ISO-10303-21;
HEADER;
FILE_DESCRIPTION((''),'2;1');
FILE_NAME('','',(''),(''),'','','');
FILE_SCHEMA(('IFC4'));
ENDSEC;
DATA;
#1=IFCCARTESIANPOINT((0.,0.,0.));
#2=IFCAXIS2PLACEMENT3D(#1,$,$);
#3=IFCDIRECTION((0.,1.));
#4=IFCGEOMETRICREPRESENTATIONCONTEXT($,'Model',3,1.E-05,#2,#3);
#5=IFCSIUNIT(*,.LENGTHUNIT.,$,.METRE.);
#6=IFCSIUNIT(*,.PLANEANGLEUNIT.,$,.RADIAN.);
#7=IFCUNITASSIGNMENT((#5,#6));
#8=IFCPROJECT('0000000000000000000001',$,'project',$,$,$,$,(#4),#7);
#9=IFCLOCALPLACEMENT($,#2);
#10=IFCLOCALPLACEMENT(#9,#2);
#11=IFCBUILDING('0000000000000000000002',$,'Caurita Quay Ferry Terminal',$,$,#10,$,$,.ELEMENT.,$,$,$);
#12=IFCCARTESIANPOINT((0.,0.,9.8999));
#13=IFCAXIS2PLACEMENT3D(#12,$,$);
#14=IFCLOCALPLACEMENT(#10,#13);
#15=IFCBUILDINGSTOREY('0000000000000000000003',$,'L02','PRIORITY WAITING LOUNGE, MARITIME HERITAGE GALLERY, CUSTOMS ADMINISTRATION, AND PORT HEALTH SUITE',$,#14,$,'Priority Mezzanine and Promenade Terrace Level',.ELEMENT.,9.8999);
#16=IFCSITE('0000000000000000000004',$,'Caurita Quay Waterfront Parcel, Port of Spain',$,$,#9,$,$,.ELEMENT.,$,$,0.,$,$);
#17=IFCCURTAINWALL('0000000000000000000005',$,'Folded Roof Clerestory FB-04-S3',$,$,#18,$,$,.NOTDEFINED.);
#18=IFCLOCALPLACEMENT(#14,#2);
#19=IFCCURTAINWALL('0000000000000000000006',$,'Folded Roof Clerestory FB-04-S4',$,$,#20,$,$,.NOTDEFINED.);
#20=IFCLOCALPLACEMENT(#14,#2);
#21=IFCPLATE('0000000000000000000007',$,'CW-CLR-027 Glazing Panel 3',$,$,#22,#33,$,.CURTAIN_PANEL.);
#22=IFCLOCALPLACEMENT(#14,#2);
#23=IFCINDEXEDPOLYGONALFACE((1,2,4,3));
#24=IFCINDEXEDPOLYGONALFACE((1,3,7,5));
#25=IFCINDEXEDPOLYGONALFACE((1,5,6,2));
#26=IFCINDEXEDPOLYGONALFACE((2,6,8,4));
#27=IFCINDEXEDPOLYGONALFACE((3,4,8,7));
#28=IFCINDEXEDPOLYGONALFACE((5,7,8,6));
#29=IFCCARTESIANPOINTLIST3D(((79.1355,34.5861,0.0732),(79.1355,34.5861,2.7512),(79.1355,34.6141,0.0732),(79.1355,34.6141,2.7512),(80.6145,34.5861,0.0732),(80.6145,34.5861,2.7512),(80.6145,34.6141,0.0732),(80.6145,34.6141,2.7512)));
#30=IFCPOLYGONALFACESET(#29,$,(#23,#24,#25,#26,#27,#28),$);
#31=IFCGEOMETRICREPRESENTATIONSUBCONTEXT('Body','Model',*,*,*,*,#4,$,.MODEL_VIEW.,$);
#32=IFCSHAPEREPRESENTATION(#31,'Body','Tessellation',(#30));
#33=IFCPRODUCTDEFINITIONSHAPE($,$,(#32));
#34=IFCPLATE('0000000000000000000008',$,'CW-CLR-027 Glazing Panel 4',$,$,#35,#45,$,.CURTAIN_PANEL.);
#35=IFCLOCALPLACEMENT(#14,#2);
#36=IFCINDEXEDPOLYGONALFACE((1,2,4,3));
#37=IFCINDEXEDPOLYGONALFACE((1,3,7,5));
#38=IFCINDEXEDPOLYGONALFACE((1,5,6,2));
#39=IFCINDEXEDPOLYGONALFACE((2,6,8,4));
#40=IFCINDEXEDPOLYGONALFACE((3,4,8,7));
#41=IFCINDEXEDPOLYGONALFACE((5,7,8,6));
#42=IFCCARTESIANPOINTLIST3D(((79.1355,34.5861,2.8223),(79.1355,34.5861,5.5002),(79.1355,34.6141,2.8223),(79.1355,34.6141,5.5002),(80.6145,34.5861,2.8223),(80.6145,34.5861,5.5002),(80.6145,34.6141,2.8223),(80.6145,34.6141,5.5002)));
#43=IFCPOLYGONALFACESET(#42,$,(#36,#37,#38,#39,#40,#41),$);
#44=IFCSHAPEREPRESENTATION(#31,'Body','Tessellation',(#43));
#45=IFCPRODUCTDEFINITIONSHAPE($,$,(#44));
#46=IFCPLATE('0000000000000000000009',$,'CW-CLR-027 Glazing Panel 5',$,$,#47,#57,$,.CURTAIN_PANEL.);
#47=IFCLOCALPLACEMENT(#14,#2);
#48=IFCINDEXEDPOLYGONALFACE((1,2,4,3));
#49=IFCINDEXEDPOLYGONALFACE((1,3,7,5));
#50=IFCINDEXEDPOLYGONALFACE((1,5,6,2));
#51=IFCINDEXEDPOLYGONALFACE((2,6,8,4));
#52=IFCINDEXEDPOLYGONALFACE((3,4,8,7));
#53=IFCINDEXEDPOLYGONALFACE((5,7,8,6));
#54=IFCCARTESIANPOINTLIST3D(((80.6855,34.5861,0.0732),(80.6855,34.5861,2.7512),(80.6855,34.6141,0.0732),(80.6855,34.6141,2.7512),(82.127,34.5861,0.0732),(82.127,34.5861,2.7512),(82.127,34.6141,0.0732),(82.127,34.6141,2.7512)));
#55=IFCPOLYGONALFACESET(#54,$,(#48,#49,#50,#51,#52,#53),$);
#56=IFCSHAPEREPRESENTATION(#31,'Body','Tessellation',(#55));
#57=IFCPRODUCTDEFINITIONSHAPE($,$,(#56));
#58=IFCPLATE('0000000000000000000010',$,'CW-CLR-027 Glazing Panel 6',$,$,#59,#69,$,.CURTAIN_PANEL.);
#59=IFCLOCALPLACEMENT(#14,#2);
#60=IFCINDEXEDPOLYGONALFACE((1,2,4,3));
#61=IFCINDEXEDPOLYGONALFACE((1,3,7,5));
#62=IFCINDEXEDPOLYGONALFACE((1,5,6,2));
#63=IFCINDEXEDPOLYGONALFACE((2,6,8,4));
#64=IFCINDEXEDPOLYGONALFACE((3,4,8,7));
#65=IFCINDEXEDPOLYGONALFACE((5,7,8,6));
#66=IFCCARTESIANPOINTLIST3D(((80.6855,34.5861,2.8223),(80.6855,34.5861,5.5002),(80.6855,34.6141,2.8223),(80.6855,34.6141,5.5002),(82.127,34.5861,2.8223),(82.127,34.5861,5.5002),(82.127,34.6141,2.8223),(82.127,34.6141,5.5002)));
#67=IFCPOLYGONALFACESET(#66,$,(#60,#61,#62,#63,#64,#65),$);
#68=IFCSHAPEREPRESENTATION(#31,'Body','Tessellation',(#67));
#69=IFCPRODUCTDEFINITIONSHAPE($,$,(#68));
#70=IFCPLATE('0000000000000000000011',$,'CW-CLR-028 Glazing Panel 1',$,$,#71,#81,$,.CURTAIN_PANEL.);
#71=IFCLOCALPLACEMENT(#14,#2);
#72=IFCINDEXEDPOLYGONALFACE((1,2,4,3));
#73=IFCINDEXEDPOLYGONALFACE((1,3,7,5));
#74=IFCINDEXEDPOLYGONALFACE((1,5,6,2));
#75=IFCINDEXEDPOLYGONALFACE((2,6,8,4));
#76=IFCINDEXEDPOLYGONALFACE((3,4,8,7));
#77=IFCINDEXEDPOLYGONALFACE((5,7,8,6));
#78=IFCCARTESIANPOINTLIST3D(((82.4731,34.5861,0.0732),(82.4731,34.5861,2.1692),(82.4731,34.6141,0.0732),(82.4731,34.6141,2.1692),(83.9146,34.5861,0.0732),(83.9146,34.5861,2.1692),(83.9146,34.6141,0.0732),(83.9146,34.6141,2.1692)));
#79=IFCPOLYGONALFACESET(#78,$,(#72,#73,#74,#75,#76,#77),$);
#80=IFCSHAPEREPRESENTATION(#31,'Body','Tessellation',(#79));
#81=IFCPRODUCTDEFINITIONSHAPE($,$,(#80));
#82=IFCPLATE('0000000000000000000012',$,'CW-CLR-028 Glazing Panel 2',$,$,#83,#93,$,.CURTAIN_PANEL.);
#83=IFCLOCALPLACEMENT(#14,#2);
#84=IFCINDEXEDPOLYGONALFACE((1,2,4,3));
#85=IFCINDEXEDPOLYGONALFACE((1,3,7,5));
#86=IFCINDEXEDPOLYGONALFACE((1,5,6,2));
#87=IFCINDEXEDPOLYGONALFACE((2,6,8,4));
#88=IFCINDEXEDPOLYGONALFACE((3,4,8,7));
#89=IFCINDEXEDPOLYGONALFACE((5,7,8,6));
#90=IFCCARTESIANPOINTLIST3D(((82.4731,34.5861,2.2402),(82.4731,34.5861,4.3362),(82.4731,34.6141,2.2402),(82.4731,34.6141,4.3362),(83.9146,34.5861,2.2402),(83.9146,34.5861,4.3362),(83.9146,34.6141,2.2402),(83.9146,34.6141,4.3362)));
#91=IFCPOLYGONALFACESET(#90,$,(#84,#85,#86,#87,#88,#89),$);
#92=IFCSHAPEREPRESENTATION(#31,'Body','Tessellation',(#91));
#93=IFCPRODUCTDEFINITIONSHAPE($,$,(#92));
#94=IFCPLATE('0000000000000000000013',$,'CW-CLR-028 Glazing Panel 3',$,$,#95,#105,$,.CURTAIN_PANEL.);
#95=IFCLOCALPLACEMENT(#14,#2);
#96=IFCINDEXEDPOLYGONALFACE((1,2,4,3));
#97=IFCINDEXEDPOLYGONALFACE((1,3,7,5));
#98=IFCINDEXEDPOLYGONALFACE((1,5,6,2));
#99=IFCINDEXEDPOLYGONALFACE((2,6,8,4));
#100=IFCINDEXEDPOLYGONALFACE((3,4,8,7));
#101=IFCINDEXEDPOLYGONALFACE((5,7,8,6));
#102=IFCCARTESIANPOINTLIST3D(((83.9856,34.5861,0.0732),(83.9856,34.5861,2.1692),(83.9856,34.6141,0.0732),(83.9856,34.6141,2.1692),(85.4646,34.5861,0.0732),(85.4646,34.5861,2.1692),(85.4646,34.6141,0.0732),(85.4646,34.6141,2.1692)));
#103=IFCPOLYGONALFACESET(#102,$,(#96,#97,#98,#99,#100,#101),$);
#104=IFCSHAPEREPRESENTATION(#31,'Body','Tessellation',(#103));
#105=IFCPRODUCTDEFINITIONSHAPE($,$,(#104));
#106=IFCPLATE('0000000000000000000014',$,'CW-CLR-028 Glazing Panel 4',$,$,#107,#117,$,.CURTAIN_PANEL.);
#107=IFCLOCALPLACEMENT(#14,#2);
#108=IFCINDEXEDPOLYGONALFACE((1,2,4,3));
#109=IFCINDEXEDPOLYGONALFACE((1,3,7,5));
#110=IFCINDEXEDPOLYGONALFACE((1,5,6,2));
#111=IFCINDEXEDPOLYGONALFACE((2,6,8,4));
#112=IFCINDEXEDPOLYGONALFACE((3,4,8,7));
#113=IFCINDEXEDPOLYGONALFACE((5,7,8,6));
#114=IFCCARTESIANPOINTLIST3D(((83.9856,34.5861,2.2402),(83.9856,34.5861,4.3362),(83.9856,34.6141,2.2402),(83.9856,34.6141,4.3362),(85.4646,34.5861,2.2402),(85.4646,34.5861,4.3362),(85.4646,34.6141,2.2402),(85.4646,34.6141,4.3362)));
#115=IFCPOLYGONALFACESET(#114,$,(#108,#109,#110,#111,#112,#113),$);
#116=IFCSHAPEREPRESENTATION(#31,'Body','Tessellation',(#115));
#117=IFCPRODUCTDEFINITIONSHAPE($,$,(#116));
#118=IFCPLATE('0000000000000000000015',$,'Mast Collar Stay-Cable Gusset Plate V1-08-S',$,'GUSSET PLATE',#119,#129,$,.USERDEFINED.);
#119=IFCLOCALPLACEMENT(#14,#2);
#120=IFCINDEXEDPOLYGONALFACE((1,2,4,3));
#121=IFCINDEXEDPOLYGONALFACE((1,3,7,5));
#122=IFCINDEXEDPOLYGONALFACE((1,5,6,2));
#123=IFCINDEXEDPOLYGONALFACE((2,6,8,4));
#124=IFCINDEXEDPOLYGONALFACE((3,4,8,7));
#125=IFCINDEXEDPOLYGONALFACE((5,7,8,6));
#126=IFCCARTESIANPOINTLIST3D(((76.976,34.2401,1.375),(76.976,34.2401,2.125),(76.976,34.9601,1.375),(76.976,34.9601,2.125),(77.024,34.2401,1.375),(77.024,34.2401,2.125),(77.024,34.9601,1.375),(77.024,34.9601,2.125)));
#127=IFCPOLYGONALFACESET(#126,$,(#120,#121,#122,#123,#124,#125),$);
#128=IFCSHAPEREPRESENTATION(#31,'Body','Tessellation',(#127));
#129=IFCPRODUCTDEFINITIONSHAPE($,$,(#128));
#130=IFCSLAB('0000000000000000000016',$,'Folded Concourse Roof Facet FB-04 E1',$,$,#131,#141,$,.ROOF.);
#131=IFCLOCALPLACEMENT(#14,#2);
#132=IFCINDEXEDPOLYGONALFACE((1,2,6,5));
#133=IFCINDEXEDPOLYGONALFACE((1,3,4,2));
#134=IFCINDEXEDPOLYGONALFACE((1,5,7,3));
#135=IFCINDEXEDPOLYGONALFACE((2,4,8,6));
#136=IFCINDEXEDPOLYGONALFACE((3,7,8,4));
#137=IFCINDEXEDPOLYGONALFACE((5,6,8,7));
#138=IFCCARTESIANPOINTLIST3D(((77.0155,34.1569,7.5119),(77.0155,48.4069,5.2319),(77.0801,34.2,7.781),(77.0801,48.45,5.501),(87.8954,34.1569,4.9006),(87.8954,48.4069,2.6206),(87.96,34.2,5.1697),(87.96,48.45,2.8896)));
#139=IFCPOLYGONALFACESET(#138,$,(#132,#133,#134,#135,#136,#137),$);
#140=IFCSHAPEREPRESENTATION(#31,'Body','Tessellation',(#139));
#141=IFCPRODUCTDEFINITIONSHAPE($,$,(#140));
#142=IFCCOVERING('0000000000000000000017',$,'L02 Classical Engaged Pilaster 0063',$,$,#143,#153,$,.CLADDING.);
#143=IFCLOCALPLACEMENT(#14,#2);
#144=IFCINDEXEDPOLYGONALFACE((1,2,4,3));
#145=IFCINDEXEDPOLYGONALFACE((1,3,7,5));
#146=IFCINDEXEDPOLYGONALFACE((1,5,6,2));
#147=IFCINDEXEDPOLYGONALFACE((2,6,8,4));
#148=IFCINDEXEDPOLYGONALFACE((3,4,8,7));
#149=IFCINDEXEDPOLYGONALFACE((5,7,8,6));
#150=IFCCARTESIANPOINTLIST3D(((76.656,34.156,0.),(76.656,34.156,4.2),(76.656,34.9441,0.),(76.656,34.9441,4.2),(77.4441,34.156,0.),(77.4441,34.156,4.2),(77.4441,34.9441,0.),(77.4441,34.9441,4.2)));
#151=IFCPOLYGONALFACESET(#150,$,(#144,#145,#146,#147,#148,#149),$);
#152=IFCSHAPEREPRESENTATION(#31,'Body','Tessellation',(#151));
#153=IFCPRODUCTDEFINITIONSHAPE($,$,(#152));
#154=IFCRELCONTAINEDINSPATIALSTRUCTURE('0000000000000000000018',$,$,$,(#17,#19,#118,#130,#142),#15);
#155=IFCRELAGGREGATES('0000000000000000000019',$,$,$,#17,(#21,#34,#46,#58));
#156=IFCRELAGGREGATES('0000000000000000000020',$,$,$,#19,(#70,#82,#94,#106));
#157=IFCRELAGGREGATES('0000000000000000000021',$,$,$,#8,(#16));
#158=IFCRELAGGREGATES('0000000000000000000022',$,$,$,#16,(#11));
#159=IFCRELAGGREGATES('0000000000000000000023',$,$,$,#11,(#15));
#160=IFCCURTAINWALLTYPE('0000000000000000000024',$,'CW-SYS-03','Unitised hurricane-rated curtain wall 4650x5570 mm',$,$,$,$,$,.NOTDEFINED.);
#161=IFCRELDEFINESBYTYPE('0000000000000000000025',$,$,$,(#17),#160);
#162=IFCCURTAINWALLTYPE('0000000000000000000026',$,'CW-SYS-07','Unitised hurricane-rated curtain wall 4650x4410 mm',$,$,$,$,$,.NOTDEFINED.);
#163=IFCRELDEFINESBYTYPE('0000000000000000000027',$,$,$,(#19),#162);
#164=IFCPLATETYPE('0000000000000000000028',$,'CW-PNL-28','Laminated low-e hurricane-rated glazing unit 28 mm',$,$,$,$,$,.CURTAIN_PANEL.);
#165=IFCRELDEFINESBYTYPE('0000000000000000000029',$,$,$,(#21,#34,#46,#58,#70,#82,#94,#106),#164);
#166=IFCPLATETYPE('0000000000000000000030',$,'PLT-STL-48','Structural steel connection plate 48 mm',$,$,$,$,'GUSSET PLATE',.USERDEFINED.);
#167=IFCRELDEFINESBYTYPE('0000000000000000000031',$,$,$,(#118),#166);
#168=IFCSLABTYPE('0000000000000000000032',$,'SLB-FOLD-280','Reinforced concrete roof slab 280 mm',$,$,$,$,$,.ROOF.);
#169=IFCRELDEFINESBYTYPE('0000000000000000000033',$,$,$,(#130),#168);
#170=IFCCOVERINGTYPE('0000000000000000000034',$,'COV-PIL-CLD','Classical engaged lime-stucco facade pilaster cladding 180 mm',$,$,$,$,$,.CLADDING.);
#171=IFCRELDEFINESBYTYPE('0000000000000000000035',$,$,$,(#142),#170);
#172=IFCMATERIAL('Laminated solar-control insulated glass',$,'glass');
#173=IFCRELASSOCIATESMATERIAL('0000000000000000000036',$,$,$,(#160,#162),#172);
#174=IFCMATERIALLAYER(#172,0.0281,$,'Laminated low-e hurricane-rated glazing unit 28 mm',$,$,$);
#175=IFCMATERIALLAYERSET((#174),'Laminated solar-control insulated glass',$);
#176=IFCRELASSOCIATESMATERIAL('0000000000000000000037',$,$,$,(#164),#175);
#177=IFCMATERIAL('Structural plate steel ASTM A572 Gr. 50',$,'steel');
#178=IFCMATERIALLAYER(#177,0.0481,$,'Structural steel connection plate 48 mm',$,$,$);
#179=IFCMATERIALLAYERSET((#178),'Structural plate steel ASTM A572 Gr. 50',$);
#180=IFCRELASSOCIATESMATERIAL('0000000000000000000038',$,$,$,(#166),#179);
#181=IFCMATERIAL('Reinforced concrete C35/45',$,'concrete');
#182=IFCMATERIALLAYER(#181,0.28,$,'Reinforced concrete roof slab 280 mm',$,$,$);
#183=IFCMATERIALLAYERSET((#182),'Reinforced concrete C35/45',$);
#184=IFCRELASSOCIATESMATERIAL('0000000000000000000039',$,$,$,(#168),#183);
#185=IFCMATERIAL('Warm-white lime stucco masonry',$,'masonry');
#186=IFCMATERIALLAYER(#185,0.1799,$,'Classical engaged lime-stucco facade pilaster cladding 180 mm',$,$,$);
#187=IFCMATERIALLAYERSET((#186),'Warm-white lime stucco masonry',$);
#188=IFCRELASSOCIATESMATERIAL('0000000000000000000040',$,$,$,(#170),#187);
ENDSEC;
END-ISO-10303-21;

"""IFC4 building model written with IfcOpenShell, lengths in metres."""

from ifc_helpers import new_model, si_unit, direction, frame, origin, origin_2d, place, context, subcontext, project, spatial, polyline, rectangle, outline, extrude, material, layer, layer_set, type_object, element, aggregate, save


model = new_model("IFC4")

# Units and contexts
model_context = context("Model", 3, precision=1e-05, world=origin(), true_north=direction((0.0, 1.0)))
body_context = subcontext(model_context, "Body", "Model", "MODEL_VIEW")
ifc_project = project(units=[si_unit("LENGTHUNIT", "METRE"), si_unit("PLANEANGLEUNIT", "RADIAN")], contexts=[model_context])

# Site, building, storey
site_placement = place(None, origin())
site = spatial("IfcSite", under=ifc_project, at=site_placement, Name="Caurita Quay Waterfront Parcel, Port of Spain", CompositionType="ELEMENT", RefElevation=0.0)
building_placement = place(site_placement, origin())
building = spatial("IfcBuilding", under=site, at=building_placement, Name="Caurita Quay Ferry Terminal", CompositionType="ELEMENT")
storey_placement = place(building_placement, frame((0.0, 0.0, 9.8999)))
storey = spatial("IfcBuildingStorey", under=building, at=storey_placement, Name="L02", Description="PRIORITY WAITING LOUNGE, MARITIME HERITAGE GALLERY, CUSTOMS ADMINISTRATION, AND PORT HEALTH SUITE", LongName="Priority Mezzanine and Promenade Terrace Level", CompositionType="ELEMENT", Elevation=9.8999)

# Shared definitions
ifc_material_1 = material(Name="Laminated solar-control insulated glass", Category="glass")

# Curtain walls
curtain_wall_type_1 = type_object("IfcCurtainWallType", Name="CW-SYS-03", Description="Unitised hurricane-rated curtain wall 4650x5570 mm", PredefinedType="NOTDEFINED", material=ifc_material_1)
curtain_wall_1_placement = place(storey_placement, origin())
curtain_wall_1 = element("IfcCurtainWall", 1, at=curtain_wall_1_placement, inside=storey, type_object=curtain_wall_type_1, Name="Folded Roof Clerestory FB-04-S3", PredefinedType="NOTDEFINED")
curtain_wall_type_2 = type_object("IfcCurtainWallType", Name="CW-SYS-07", Description="Unitised hurricane-rated curtain wall 4650x4410 mm", PredefinedType="NOTDEFINED", material=ifc_material_1)
curtain_wall_2_placement = place(storey_placement, origin())
curtain_wall_2 = element("IfcCurtainWall", 2, at=curtain_wall_2_placement, inside=storey, type_object=curtain_wall_type_2, Name="Folded Roof Clerestory FB-04-S4", PredefinedType="NOTDEFINED")

# Plates
ifc_layer_1 = layer(ifc_material_1, 0.0281, Name="Laminated low-e hurricane-rated glazing unit 28 mm")
ifc_layer_set_1 = layer_set([ifc_layer_1], Name="Laminated solar-control insulated glass")
plate_type_1 = type_object("IfcPlateType", Name="CW-PNL-28", Description="Laminated low-e hurricane-rated glazing unit 28 mm", PredefinedType="CURTAIN_PANEL", material=ifc_layer_set_1)
plate_1_placement = place(storey_placement, frame((79.875, 34.6001, 0.0732), z_axis=(0.0, 0.0, 1.0), x_axis=(1.0, 0.0, 0.0)))
plate_1 = element("IfcPlate", 3, at=plate_1_placement, type_object=plate_type_1, Name="CW-CLR-027 Glazing Panel 3", PredefinedType="CURTAIN_PANEL", context=body_context, shape_type="SweptSolid", body=[
    extrude(rectangle(XDim=1.479, YDim=0.0281, at=origin_2d()), origin(), (0.0, 0.0, 1.0), 2.678),
])
plate_2_placement = place(storey_placement, frame((79.875, 34.6001, 2.8223), z_axis=(0.0, 0.0, 1.0), x_axis=(1.0, 0.0, 0.0)))
plate_2 = element("IfcPlate", 4, at=plate_2_placement, type_object=plate_type_1, Name="CW-CLR-027 Glazing Panel 4", PredefinedType="CURTAIN_PANEL", context=body_context, shape_type="SweptSolid", body=[
    extrude(rectangle(XDim=1.479, YDim=0.0281, at=origin_2d()), origin(), (0.0, 0.0, 1.0), 2.678),
])
plate_3_placement = place(storey_placement, frame((81.4062, 34.6001, 0.0732), z_axis=(0.0, 0.0, 1.0), x_axis=(1.0, 0.0, 0.0)))
plate_3 = element("IfcPlate", 5, at=plate_3_placement, type_object=plate_type_1, Name="CW-CLR-027 Glazing Panel 5", PredefinedType="CURTAIN_PANEL", context=body_context, shape_type="SweptSolid", body=[
    extrude(rectangle(XDim=1.4414, YDim=0.0281, at=origin_2d()), origin(), (0.0, 0.0, 1.0), 2.678),
])
plate_4_placement = place(storey_placement, frame((81.4062, 34.6001, 2.8223), z_axis=(0.0, 0.0, 1.0), x_axis=(1.0, 0.0, 0.0)))
plate_4 = element("IfcPlate", 6, at=plate_4_placement, type_object=plate_type_1, Name="CW-CLR-027 Glazing Panel 6", PredefinedType="CURTAIN_PANEL", context=body_context, shape_type="SweptSolid", body=[
    extrude(rectangle(XDim=1.4414, YDim=0.0281, at=origin_2d()), origin(), (0.0, 0.0, 1.0), 2.678),
])
aggregate(curtain_wall_1, [plate_1, plate_2, plate_3, plate_4])
plate_5_placement = place(storey_placement, frame((83.1938, 34.6001, 0.0732), z_axis=(0.0, 0.0, 1.0), x_axis=(1.0, 0.0, 0.0)))
plate_5 = element("IfcPlate", 7, at=plate_5_placement, type_object=plate_type_1, Name="CW-CLR-028 Glazing Panel 1", PredefinedType="CURTAIN_PANEL", context=body_context, shape_type="SweptSolid", body=[
    extrude(rectangle(XDim=1.4414, YDim=0.0281, at=origin_2d()), origin(), (0.0, 0.0, 1.0), 2.0959),
])
plate_6_placement = place(storey_placement, frame((83.1938, 34.6001, 2.2402), z_axis=(0.0, 0.0, 1.0), x_axis=(1.0, 0.0, 0.0)))
plate_6 = element("IfcPlate", 8, at=plate_6_placement, type_object=plate_type_1, Name="CW-CLR-028 Glazing Panel 2", PredefinedType="CURTAIN_PANEL", context=body_context, shape_type="SweptSolid", body=[
    extrude(rectangle(XDim=1.4414, YDim=0.0281, at=origin_2d()), origin(), (0.0, 0.0, 1.0), 2.0959),
])
plate_7_placement = place(storey_placement, frame((84.7251, 34.6001, 0.0732), z_axis=(0.0, 0.0, 1.0), x_axis=(1.0, 0.0, 0.0)))
plate_7 = element("IfcPlate", 9, at=plate_7_placement, type_object=plate_type_1, Name="CW-CLR-028 Glazing Panel 3", PredefinedType="CURTAIN_PANEL", context=body_context, shape_type="SweptSolid", body=[
    extrude(rectangle(XDim=1.479, YDim=0.0281, at=origin_2d()), origin(), (0.0, 0.0, 1.0), 2.0959),
])
plate_8_placement = place(storey_placement, frame((84.7251, 34.6001, 2.2402), z_axis=(0.0, 0.0, 1.0), x_axis=(1.0, 0.0, 0.0)))
plate_8 = element("IfcPlate", 10, at=plate_8_placement, type_object=plate_type_1, Name="CW-CLR-028 Glazing Panel 4", PredefinedType="CURTAIN_PANEL", context=body_context, shape_type="SweptSolid", body=[
    extrude(rectangle(XDim=1.479, YDim=0.0281, at=origin_2d()), origin(), (0.0, 0.0, 1.0), 2.0959),
])
aggregate(curtain_wall_2, [plate_5, plate_6, plate_7, plate_8])
ifc_material_2 = material(Name="Structural plate steel ASTM A572 Gr. 50", Category="steel")
ifc_layer_2 = layer(ifc_material_2, 0.0481, Name="Structural steel connection plate 48 mm")
ifc_layer_set_2 = layer_set([ifc_layer_2], Name="Structural plate steel ASTM A572 Gr. 50")
plate_type_2 = type_object("IfcPlateType", Name="PLT-STL-48", Description="Structural steel connection plate 48 mm", ElementType="GUSSET PLATE", PredefinedType="USERDEFINED", material=ifc_layer_set_2)
plate_9_placement = place(storey_placement, frame((77.0, 34.6001, 1.375), z_axis=(0.0, 0.0, 1.0), x_axis=(1.0, 0.0, 0.0)))
element("IfcPlate", 11, at=plate_9_placement, inside=storey, type_object=plate_type_2, Name="Mast Collar Stay-Cable Gusset Plate V1-08-S", ObjectType="GUSSET PLATE", PredefinedType="USERDEFINED", context=body_context, shape_type="SweptSolid", body=[
    extrude(rectangle(XDim=0.0481, YDim=0.72, at=origin_2d()), origin(), (0.0, 0.0, 1.0), 0.75),
])

# Slab
ifc_material_3 = material(Name="Reinforced concrete C35/45", Category="concrete")
ifc_layer_3 = layer(ifc_material_3, 0.28, Name="Reinforced concrete roof slab 280 mm")
ifc_layer_set_3 = layer_set([ifc_layer_3], Name="Reinforced concrete C35/45")
slab_type = type_object("IfcSlabType", Name="SLB-FOLD-280", Description="Reinforced concrete roof slab 280 mm", PredefinedType="ROOF", material=ifc_layer_set_3)
slab_placement = place(storey_placement, frame((77.0801, 34.2, 7.781), z_axis=(0.230612, 0.153734, 0.960825), x_axis=(0.972384, 0.0, -0.233386)))
element("IfcSlab", 12, at=slab_placement, inside=storey, type_object=slab_type, Name="Folded Concourse Roof Facet FB-04 E1", PredefinedType="ROOF", context=body_context, shape_type="SweptSolid", body=[
    extrude(outline(polyline([(0.0, 0.0), (11.1889, 0.0), (11.721, 14.4214), (0.5321, 14.4214), (0.0, 0.0)])), origin(), (0.0, 0.0, -1.0), 0.28),
])

# Covering
ifc_material_4 = material(Name="Warm-white lime stucco masonry", Category="masonry")
ifc_layer_4 = layer(ifc_material_4, 0.1799, Name="Classical engaged lime-stucco facade pilaster cladding 180 mm")
ifc_layer_set_4 = layer_set([ifc_layer_4], Name="Warm-white lime stucco masonry")
covering_type = type_object("IfcCoveringType", Name="COV-PIL-CLD", Description="Classical engaged lime-stucco facade pilaster cladding 180 mm", PredefinedType="CLADDING", material=ifc_layer_set_4)
covering_placement = place(storey_placement, frame((77.05, 34.55, 0.0), z_axis=(0.0, 0.0, 1.0), x_axis=(1.0, 0.0, 0.0)))
element("IfcCovering", 13, at=covering_placement, inside=storey, type_object=covering_type, Name="L02 Classical Engaged Pilaster 0063", PredefinedType="CLADDING", context=body_context, shape_type="SweptSolid", body=[
    extrude(rectangle(XDim=0.7881, YDim=0.7881, at=origin_2d()), origin(), (0.0, 0.0, 1.0), 4.2),
])

save(model, "model.ifc")
